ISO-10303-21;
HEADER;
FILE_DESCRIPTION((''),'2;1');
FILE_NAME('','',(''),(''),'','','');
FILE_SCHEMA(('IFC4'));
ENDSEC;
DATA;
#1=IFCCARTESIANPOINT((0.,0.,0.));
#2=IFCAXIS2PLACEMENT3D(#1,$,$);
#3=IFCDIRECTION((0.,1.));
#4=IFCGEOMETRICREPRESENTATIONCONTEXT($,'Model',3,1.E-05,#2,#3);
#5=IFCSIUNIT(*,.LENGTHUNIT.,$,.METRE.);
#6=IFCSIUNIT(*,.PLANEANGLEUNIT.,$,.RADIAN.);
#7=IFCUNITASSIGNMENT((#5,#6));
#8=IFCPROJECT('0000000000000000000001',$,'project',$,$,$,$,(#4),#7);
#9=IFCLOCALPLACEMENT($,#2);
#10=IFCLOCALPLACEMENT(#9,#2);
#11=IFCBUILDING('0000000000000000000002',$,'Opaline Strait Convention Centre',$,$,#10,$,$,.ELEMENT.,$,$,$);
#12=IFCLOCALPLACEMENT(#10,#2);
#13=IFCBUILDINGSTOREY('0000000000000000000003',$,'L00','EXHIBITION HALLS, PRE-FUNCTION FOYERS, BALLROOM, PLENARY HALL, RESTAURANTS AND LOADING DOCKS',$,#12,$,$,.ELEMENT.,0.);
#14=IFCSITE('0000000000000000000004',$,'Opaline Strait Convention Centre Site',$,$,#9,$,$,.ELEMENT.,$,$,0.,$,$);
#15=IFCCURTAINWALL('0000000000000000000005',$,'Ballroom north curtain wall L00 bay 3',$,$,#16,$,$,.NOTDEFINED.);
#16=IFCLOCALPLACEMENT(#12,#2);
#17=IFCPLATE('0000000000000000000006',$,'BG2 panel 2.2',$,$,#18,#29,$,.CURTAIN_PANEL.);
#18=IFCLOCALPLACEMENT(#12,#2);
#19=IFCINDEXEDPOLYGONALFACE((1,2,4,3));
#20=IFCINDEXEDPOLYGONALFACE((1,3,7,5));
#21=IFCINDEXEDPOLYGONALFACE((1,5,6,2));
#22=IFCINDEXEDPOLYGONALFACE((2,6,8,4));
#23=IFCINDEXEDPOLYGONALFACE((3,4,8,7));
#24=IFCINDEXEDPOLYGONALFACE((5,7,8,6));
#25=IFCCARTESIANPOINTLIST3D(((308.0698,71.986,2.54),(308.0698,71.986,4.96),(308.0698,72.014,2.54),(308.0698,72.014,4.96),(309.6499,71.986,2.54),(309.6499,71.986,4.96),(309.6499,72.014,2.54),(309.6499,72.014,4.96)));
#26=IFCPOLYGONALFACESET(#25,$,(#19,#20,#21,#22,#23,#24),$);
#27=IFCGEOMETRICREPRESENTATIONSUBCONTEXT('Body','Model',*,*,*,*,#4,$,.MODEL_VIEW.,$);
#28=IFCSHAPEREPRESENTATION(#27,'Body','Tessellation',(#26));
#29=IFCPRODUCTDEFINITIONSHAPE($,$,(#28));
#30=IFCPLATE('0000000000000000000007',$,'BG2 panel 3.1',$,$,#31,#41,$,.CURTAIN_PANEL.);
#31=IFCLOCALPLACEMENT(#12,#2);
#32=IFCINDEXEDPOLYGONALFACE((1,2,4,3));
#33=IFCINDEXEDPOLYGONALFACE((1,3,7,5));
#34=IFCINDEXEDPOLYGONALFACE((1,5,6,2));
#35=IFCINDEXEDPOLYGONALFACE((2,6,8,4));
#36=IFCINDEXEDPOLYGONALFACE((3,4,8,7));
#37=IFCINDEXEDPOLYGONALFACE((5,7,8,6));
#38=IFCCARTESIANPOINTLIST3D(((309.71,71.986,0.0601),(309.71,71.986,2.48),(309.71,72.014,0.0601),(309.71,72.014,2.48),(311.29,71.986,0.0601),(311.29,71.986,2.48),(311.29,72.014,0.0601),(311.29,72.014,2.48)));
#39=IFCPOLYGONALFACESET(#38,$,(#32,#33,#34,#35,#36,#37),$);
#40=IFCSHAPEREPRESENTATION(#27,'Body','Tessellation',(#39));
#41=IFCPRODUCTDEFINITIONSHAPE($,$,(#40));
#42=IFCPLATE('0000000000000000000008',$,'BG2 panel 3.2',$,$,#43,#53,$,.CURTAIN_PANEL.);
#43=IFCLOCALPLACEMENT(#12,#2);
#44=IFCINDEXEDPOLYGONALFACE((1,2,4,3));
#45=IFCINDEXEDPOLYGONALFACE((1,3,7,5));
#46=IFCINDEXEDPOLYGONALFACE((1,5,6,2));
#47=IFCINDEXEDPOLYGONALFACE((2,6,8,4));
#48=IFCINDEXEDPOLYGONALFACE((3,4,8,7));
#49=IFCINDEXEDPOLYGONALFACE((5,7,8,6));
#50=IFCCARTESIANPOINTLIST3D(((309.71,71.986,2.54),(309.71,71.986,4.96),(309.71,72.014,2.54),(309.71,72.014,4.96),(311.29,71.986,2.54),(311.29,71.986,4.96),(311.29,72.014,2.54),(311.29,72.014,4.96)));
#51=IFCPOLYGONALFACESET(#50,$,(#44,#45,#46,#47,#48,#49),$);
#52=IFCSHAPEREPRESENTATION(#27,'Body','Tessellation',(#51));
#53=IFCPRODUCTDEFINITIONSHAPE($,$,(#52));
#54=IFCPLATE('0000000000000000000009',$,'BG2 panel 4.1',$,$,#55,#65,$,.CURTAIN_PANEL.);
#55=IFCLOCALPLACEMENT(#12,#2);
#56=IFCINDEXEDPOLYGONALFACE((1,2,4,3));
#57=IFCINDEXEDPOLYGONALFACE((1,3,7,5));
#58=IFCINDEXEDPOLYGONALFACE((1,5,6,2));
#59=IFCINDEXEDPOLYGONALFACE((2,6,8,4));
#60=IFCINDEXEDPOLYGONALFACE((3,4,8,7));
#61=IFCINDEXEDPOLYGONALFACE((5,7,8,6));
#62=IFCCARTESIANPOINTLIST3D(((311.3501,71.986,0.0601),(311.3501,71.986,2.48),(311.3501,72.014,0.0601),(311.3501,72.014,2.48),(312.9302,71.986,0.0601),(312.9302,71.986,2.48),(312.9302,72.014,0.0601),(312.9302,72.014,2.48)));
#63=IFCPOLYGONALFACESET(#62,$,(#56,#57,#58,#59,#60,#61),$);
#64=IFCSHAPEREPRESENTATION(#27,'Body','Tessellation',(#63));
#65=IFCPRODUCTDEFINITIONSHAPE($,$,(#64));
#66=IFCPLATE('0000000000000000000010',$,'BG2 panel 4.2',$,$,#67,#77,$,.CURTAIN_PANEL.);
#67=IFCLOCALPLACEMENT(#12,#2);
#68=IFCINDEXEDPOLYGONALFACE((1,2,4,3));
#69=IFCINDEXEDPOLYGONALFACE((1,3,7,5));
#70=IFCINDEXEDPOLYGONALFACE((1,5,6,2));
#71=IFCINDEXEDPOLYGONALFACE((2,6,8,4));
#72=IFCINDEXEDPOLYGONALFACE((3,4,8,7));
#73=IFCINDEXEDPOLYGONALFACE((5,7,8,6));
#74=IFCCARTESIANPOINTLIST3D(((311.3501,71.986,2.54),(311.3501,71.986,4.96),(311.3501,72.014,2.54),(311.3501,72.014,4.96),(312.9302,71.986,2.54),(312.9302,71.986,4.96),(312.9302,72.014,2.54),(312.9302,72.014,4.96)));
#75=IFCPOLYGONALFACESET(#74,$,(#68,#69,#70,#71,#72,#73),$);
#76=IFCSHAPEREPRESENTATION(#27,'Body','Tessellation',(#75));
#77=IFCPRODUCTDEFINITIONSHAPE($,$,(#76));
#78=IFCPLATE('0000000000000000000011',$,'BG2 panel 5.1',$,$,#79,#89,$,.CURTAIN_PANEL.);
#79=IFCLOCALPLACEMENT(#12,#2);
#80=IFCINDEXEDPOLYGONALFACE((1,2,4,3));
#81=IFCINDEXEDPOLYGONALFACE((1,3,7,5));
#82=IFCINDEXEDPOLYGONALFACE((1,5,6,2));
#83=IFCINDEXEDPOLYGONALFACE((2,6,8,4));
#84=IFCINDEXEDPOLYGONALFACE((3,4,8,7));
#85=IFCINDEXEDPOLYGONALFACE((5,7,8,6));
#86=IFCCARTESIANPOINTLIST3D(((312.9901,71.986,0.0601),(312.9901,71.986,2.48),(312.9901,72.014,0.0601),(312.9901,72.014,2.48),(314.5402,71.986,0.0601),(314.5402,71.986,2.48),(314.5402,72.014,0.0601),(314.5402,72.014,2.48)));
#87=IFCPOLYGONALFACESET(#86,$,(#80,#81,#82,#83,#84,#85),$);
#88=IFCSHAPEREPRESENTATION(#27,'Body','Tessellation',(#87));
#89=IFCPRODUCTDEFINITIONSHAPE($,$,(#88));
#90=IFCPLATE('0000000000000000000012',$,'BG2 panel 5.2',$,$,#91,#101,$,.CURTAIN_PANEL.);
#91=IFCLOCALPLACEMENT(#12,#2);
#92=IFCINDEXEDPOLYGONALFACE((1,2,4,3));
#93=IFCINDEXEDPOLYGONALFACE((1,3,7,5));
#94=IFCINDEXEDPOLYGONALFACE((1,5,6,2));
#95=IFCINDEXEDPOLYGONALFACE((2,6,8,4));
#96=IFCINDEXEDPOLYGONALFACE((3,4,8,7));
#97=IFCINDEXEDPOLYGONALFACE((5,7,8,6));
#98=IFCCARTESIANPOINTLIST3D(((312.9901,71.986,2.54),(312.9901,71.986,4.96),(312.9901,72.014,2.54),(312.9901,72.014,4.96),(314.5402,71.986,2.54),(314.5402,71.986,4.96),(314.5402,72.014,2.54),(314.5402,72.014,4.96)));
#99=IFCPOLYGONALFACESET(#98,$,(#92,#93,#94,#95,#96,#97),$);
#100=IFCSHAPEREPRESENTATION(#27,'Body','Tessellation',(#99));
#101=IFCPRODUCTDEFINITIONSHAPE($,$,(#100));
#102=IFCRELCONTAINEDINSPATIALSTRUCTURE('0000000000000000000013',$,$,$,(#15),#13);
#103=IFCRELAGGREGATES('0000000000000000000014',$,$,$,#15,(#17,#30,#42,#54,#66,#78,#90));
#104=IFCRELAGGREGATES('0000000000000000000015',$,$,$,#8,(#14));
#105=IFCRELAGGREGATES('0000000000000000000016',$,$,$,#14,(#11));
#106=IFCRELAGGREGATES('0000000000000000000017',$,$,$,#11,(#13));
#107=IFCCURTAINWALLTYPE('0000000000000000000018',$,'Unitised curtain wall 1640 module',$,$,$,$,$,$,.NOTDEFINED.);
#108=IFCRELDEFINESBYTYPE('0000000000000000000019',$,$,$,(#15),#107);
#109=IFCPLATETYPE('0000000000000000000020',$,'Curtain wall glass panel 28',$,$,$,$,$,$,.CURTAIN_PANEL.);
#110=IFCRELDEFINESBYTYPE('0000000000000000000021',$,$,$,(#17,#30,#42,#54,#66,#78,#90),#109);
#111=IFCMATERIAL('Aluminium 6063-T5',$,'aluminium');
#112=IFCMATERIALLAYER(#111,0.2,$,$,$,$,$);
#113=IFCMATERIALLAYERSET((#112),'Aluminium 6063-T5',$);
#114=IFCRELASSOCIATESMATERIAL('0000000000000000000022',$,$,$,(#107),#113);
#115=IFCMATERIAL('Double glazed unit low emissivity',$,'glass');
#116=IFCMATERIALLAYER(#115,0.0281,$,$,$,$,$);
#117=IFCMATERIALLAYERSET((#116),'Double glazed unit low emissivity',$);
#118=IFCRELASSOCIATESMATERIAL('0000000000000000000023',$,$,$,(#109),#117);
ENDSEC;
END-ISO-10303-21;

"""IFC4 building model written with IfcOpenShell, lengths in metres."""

from ifc_helpers import new_model, si_unit, direction, frame, origin, origin_2d, place, context, subcontext, project, spatial, rectangle, extrude, material, layer, layer_set, type_object, element, aggregate, save


model = new_model("IFC4")

# Units and contexts
model_context = context("Model", 3, precision=1e-05, world=origin(), true_north=direction((0.0, 1.0)))
body_context = subcontext(model_context, "Body", "Model", "MODEL_VIEW")
ifc_project = project(units=[si_unit("LENGTHUNIT", "METRE"), si_unit("PLANEANGLEUNIT", "RADIAN")], contexts=[model_context])

# Site, building, storey
site_placement = place(None, origin())
site = spatial("IfcSite", under=ifc_project, at=site_placement, Name="Opaline Strait Convention Centre Site", CompositionType="ELEMENT", RefElevation=0.0)
building_placement = place(site_placement, origin())
building = spatial("IfcBuilding", under=site, at=building_placement, Name="Opaline Strait Convention Centre", CompositionType="ELEMENT")
storey_placement = place(building_placement, origin())
storey = spatial("IfcBuildingStorey", under=building, at=storey_placement, Name="L00", Description="EXHIBITION HALLS, PRE-FUNCTION FOYERS, BALLROOM, PLENARY HALL, RESTAURANTS AND LOADING DOCKS", CompositionType="ELEMENT", Elevation=0.0)

# Curtain wall, plates
ifc_material_1 = material(Name="Aluminium 6063-T5", Category="aluminium")
ifc_layer_1 = layer(ifc_material_1, 0.2)
ifc_layer_set_1 = layer_set([ifc_layer_1], Name="Aluminium 6063-T5")
curtain_wall_type = type_object("IfcCurtainWallType", Name="Unitised curtain wall 1640 module", PredefinedType="NOTDEFINED", material=ifc_layer_set_1)
curtain_wall_placement = place(storey_placement, origin())
curtain_wall = element("IfcCurtainWall", 1, at=curtain_wall_placement, inside=storey, type_object=curtain_wall_type, Name="Ballroom north curtain wall L00 bay 3", PredefinedType="NOTDEFINED")
ifc_material_2 = material(Name="Double glazed unit low emissivity", Category="glass")
ifc_layer_2 = layer(ifc_material_2, 0.0281)
ifc_layer_set_2 = layer_set([ifc_layer_2], Name="Double glazed unit low emissivity")
plate_type = type_object("IfcPlateType", Name="Curtain wall glass panel 28", PredefinedType="CURTAIN_PANEL", material=ifc_layer_set_2)
plate_1_placement = place(storey_placement, frame((308.8599, 72.0, 2.54), z_axis=(0.0, 0.0, 1.0), x_axis=(1.0, 0.0, 0.0)))
plate_1 = element("IfcPlate", 2, at=plate_1_placement, type_object=plate_type, Name="BG2 panel 2.2", PredefinedType="CURTAIN_PANEL", context=body_context, shape_type="SweptSolid", body=[
    extrude(rectangle(XDim=1.5801, YDim=0.0281, at=origin_2d()), origin(), (0.0, 0.0, 1.0), 2.4199),
])
plate_2_placement = place(storey_placement, frame((310.5, 72.0, 0.0601), z_axis=(0.0, 0.0, 1.0), x_axis=(1.0, 0.0, 0.0)))
plate_2 = element("IfcPlate", 3, at=plate_2_placement, type_object=plate_type, Name="BG2 panel 3.1", PredefinedType="CURTAIN_PANEL", context=body_context, shape_type="SweptSolid", body=[
    extrude(rectangle(XDim=1.5801, YDim=0.0281, at=origin_2d()), origin(), (0.0, 0.0, 1.0), 2.4199),
])
plate_3_placement = place(storey_placement, frame((310.5, 72.0, 2.54), z_axis=(0.0, 0.0, 1.0), x_axis=(1.0, 0.0, 0.0)))
plate_3 = element("IfcPlate", 4, at=plate_3_placement, type_object=plate_type, Name="BG2 panel 3.2", PredefinedType="CURTAIN_PANEL", context=body_context, shape_type="SweptSolid", body=[
    extrude(rectangle(XDim=1.5801, YDim=0.0281, at=origin_2d()), origin(), (0.0, 0.0, 1.0), 2.4199),
])
plate_4_placement = place(storey_placement, frame((312.1401, 72.0, 0.0601), z_axis=(0.0, 0.0, 1.0), x_axis=(1.0, 0.0, 0.0)))
plate_4 = element("IfcPlate", 5, at=plate_4_placement, type_object=plate_type, Name="BG2 panel 4.1", PredefinedType="CURTAIN_PANEL", context=body_context, shape_type="SweptSolid", body=[
    extrude(rectangle(XDim=1.5801, YDim=0.0281, at=origin_2d()), origin(), (0.0, 0.0, 1.0), 2.4199),
])
plate_5_placement = place(storey_placement, frame((312.1401, 72.0, 2.54), z_axis=(0.0, 0.0, 1.0), x_axis=(1.0, 0.0, 0.0)))
plate_5 = element("IfcPlate", 6, at=plate_5_placement, type_object=plate_type, Name="BG2 panel 4.2", PredefinedType="CURTAIN_PANEL", context=body_context, shape_type="SweptSolid", body=[
    extrude(rectangle(XDim=1.5801, YDim=0.0281, at=origin_2d()), origin(), (0.0, 0.0, 1.0), 2.4199),
])
plate_6_placement = place(storey_placement, frame((313.7651, 72.0, 0.0601), z_axis=(0.0, 0.0, 1.0), x_axis=(1.0, 0.0, 0.0)))
plate_6 = element("IfcPlate", 7, at=plate_6_placement, type_object=plate_type, Name="BG2 panel 5.1", PredefinedType="CURTAIN_PANEL", context=body_context, shape_type="SweptSolid", body=[
    extrude(rectangle(XDim=1.55, YDim=0.0281, at=origin_2d()), origin(), (0.0, 0.0, 1.0), 2.4199),
])
plate_7_placement = place(storey_placement, frame((313.7651, 72.0, 2.54), z_axis=(0.0, 0.0, 1.0), x_axis=(1.0, 0.0, 0.0)))
plate_7 = element("IfcPlate", 8, at=plate_7_placement, type_object=plate_type, Name="BG2 panel 5.2", PredefinedType="CURTAIN_PANEL", context=body_context, shape_type="SweptSolid", body=[
    extrude(rectangle(XDim=1.55, YDim=0.0281, at=origin_2d()), origin(), (0.0, 0.0, 1.0), 2.4199),
])
aggregate(curtain_wall, [plate_1, plate_2, plate_3, plate_4, plate_5, plate_6, plate_7])

save(model, "model.ifc")
